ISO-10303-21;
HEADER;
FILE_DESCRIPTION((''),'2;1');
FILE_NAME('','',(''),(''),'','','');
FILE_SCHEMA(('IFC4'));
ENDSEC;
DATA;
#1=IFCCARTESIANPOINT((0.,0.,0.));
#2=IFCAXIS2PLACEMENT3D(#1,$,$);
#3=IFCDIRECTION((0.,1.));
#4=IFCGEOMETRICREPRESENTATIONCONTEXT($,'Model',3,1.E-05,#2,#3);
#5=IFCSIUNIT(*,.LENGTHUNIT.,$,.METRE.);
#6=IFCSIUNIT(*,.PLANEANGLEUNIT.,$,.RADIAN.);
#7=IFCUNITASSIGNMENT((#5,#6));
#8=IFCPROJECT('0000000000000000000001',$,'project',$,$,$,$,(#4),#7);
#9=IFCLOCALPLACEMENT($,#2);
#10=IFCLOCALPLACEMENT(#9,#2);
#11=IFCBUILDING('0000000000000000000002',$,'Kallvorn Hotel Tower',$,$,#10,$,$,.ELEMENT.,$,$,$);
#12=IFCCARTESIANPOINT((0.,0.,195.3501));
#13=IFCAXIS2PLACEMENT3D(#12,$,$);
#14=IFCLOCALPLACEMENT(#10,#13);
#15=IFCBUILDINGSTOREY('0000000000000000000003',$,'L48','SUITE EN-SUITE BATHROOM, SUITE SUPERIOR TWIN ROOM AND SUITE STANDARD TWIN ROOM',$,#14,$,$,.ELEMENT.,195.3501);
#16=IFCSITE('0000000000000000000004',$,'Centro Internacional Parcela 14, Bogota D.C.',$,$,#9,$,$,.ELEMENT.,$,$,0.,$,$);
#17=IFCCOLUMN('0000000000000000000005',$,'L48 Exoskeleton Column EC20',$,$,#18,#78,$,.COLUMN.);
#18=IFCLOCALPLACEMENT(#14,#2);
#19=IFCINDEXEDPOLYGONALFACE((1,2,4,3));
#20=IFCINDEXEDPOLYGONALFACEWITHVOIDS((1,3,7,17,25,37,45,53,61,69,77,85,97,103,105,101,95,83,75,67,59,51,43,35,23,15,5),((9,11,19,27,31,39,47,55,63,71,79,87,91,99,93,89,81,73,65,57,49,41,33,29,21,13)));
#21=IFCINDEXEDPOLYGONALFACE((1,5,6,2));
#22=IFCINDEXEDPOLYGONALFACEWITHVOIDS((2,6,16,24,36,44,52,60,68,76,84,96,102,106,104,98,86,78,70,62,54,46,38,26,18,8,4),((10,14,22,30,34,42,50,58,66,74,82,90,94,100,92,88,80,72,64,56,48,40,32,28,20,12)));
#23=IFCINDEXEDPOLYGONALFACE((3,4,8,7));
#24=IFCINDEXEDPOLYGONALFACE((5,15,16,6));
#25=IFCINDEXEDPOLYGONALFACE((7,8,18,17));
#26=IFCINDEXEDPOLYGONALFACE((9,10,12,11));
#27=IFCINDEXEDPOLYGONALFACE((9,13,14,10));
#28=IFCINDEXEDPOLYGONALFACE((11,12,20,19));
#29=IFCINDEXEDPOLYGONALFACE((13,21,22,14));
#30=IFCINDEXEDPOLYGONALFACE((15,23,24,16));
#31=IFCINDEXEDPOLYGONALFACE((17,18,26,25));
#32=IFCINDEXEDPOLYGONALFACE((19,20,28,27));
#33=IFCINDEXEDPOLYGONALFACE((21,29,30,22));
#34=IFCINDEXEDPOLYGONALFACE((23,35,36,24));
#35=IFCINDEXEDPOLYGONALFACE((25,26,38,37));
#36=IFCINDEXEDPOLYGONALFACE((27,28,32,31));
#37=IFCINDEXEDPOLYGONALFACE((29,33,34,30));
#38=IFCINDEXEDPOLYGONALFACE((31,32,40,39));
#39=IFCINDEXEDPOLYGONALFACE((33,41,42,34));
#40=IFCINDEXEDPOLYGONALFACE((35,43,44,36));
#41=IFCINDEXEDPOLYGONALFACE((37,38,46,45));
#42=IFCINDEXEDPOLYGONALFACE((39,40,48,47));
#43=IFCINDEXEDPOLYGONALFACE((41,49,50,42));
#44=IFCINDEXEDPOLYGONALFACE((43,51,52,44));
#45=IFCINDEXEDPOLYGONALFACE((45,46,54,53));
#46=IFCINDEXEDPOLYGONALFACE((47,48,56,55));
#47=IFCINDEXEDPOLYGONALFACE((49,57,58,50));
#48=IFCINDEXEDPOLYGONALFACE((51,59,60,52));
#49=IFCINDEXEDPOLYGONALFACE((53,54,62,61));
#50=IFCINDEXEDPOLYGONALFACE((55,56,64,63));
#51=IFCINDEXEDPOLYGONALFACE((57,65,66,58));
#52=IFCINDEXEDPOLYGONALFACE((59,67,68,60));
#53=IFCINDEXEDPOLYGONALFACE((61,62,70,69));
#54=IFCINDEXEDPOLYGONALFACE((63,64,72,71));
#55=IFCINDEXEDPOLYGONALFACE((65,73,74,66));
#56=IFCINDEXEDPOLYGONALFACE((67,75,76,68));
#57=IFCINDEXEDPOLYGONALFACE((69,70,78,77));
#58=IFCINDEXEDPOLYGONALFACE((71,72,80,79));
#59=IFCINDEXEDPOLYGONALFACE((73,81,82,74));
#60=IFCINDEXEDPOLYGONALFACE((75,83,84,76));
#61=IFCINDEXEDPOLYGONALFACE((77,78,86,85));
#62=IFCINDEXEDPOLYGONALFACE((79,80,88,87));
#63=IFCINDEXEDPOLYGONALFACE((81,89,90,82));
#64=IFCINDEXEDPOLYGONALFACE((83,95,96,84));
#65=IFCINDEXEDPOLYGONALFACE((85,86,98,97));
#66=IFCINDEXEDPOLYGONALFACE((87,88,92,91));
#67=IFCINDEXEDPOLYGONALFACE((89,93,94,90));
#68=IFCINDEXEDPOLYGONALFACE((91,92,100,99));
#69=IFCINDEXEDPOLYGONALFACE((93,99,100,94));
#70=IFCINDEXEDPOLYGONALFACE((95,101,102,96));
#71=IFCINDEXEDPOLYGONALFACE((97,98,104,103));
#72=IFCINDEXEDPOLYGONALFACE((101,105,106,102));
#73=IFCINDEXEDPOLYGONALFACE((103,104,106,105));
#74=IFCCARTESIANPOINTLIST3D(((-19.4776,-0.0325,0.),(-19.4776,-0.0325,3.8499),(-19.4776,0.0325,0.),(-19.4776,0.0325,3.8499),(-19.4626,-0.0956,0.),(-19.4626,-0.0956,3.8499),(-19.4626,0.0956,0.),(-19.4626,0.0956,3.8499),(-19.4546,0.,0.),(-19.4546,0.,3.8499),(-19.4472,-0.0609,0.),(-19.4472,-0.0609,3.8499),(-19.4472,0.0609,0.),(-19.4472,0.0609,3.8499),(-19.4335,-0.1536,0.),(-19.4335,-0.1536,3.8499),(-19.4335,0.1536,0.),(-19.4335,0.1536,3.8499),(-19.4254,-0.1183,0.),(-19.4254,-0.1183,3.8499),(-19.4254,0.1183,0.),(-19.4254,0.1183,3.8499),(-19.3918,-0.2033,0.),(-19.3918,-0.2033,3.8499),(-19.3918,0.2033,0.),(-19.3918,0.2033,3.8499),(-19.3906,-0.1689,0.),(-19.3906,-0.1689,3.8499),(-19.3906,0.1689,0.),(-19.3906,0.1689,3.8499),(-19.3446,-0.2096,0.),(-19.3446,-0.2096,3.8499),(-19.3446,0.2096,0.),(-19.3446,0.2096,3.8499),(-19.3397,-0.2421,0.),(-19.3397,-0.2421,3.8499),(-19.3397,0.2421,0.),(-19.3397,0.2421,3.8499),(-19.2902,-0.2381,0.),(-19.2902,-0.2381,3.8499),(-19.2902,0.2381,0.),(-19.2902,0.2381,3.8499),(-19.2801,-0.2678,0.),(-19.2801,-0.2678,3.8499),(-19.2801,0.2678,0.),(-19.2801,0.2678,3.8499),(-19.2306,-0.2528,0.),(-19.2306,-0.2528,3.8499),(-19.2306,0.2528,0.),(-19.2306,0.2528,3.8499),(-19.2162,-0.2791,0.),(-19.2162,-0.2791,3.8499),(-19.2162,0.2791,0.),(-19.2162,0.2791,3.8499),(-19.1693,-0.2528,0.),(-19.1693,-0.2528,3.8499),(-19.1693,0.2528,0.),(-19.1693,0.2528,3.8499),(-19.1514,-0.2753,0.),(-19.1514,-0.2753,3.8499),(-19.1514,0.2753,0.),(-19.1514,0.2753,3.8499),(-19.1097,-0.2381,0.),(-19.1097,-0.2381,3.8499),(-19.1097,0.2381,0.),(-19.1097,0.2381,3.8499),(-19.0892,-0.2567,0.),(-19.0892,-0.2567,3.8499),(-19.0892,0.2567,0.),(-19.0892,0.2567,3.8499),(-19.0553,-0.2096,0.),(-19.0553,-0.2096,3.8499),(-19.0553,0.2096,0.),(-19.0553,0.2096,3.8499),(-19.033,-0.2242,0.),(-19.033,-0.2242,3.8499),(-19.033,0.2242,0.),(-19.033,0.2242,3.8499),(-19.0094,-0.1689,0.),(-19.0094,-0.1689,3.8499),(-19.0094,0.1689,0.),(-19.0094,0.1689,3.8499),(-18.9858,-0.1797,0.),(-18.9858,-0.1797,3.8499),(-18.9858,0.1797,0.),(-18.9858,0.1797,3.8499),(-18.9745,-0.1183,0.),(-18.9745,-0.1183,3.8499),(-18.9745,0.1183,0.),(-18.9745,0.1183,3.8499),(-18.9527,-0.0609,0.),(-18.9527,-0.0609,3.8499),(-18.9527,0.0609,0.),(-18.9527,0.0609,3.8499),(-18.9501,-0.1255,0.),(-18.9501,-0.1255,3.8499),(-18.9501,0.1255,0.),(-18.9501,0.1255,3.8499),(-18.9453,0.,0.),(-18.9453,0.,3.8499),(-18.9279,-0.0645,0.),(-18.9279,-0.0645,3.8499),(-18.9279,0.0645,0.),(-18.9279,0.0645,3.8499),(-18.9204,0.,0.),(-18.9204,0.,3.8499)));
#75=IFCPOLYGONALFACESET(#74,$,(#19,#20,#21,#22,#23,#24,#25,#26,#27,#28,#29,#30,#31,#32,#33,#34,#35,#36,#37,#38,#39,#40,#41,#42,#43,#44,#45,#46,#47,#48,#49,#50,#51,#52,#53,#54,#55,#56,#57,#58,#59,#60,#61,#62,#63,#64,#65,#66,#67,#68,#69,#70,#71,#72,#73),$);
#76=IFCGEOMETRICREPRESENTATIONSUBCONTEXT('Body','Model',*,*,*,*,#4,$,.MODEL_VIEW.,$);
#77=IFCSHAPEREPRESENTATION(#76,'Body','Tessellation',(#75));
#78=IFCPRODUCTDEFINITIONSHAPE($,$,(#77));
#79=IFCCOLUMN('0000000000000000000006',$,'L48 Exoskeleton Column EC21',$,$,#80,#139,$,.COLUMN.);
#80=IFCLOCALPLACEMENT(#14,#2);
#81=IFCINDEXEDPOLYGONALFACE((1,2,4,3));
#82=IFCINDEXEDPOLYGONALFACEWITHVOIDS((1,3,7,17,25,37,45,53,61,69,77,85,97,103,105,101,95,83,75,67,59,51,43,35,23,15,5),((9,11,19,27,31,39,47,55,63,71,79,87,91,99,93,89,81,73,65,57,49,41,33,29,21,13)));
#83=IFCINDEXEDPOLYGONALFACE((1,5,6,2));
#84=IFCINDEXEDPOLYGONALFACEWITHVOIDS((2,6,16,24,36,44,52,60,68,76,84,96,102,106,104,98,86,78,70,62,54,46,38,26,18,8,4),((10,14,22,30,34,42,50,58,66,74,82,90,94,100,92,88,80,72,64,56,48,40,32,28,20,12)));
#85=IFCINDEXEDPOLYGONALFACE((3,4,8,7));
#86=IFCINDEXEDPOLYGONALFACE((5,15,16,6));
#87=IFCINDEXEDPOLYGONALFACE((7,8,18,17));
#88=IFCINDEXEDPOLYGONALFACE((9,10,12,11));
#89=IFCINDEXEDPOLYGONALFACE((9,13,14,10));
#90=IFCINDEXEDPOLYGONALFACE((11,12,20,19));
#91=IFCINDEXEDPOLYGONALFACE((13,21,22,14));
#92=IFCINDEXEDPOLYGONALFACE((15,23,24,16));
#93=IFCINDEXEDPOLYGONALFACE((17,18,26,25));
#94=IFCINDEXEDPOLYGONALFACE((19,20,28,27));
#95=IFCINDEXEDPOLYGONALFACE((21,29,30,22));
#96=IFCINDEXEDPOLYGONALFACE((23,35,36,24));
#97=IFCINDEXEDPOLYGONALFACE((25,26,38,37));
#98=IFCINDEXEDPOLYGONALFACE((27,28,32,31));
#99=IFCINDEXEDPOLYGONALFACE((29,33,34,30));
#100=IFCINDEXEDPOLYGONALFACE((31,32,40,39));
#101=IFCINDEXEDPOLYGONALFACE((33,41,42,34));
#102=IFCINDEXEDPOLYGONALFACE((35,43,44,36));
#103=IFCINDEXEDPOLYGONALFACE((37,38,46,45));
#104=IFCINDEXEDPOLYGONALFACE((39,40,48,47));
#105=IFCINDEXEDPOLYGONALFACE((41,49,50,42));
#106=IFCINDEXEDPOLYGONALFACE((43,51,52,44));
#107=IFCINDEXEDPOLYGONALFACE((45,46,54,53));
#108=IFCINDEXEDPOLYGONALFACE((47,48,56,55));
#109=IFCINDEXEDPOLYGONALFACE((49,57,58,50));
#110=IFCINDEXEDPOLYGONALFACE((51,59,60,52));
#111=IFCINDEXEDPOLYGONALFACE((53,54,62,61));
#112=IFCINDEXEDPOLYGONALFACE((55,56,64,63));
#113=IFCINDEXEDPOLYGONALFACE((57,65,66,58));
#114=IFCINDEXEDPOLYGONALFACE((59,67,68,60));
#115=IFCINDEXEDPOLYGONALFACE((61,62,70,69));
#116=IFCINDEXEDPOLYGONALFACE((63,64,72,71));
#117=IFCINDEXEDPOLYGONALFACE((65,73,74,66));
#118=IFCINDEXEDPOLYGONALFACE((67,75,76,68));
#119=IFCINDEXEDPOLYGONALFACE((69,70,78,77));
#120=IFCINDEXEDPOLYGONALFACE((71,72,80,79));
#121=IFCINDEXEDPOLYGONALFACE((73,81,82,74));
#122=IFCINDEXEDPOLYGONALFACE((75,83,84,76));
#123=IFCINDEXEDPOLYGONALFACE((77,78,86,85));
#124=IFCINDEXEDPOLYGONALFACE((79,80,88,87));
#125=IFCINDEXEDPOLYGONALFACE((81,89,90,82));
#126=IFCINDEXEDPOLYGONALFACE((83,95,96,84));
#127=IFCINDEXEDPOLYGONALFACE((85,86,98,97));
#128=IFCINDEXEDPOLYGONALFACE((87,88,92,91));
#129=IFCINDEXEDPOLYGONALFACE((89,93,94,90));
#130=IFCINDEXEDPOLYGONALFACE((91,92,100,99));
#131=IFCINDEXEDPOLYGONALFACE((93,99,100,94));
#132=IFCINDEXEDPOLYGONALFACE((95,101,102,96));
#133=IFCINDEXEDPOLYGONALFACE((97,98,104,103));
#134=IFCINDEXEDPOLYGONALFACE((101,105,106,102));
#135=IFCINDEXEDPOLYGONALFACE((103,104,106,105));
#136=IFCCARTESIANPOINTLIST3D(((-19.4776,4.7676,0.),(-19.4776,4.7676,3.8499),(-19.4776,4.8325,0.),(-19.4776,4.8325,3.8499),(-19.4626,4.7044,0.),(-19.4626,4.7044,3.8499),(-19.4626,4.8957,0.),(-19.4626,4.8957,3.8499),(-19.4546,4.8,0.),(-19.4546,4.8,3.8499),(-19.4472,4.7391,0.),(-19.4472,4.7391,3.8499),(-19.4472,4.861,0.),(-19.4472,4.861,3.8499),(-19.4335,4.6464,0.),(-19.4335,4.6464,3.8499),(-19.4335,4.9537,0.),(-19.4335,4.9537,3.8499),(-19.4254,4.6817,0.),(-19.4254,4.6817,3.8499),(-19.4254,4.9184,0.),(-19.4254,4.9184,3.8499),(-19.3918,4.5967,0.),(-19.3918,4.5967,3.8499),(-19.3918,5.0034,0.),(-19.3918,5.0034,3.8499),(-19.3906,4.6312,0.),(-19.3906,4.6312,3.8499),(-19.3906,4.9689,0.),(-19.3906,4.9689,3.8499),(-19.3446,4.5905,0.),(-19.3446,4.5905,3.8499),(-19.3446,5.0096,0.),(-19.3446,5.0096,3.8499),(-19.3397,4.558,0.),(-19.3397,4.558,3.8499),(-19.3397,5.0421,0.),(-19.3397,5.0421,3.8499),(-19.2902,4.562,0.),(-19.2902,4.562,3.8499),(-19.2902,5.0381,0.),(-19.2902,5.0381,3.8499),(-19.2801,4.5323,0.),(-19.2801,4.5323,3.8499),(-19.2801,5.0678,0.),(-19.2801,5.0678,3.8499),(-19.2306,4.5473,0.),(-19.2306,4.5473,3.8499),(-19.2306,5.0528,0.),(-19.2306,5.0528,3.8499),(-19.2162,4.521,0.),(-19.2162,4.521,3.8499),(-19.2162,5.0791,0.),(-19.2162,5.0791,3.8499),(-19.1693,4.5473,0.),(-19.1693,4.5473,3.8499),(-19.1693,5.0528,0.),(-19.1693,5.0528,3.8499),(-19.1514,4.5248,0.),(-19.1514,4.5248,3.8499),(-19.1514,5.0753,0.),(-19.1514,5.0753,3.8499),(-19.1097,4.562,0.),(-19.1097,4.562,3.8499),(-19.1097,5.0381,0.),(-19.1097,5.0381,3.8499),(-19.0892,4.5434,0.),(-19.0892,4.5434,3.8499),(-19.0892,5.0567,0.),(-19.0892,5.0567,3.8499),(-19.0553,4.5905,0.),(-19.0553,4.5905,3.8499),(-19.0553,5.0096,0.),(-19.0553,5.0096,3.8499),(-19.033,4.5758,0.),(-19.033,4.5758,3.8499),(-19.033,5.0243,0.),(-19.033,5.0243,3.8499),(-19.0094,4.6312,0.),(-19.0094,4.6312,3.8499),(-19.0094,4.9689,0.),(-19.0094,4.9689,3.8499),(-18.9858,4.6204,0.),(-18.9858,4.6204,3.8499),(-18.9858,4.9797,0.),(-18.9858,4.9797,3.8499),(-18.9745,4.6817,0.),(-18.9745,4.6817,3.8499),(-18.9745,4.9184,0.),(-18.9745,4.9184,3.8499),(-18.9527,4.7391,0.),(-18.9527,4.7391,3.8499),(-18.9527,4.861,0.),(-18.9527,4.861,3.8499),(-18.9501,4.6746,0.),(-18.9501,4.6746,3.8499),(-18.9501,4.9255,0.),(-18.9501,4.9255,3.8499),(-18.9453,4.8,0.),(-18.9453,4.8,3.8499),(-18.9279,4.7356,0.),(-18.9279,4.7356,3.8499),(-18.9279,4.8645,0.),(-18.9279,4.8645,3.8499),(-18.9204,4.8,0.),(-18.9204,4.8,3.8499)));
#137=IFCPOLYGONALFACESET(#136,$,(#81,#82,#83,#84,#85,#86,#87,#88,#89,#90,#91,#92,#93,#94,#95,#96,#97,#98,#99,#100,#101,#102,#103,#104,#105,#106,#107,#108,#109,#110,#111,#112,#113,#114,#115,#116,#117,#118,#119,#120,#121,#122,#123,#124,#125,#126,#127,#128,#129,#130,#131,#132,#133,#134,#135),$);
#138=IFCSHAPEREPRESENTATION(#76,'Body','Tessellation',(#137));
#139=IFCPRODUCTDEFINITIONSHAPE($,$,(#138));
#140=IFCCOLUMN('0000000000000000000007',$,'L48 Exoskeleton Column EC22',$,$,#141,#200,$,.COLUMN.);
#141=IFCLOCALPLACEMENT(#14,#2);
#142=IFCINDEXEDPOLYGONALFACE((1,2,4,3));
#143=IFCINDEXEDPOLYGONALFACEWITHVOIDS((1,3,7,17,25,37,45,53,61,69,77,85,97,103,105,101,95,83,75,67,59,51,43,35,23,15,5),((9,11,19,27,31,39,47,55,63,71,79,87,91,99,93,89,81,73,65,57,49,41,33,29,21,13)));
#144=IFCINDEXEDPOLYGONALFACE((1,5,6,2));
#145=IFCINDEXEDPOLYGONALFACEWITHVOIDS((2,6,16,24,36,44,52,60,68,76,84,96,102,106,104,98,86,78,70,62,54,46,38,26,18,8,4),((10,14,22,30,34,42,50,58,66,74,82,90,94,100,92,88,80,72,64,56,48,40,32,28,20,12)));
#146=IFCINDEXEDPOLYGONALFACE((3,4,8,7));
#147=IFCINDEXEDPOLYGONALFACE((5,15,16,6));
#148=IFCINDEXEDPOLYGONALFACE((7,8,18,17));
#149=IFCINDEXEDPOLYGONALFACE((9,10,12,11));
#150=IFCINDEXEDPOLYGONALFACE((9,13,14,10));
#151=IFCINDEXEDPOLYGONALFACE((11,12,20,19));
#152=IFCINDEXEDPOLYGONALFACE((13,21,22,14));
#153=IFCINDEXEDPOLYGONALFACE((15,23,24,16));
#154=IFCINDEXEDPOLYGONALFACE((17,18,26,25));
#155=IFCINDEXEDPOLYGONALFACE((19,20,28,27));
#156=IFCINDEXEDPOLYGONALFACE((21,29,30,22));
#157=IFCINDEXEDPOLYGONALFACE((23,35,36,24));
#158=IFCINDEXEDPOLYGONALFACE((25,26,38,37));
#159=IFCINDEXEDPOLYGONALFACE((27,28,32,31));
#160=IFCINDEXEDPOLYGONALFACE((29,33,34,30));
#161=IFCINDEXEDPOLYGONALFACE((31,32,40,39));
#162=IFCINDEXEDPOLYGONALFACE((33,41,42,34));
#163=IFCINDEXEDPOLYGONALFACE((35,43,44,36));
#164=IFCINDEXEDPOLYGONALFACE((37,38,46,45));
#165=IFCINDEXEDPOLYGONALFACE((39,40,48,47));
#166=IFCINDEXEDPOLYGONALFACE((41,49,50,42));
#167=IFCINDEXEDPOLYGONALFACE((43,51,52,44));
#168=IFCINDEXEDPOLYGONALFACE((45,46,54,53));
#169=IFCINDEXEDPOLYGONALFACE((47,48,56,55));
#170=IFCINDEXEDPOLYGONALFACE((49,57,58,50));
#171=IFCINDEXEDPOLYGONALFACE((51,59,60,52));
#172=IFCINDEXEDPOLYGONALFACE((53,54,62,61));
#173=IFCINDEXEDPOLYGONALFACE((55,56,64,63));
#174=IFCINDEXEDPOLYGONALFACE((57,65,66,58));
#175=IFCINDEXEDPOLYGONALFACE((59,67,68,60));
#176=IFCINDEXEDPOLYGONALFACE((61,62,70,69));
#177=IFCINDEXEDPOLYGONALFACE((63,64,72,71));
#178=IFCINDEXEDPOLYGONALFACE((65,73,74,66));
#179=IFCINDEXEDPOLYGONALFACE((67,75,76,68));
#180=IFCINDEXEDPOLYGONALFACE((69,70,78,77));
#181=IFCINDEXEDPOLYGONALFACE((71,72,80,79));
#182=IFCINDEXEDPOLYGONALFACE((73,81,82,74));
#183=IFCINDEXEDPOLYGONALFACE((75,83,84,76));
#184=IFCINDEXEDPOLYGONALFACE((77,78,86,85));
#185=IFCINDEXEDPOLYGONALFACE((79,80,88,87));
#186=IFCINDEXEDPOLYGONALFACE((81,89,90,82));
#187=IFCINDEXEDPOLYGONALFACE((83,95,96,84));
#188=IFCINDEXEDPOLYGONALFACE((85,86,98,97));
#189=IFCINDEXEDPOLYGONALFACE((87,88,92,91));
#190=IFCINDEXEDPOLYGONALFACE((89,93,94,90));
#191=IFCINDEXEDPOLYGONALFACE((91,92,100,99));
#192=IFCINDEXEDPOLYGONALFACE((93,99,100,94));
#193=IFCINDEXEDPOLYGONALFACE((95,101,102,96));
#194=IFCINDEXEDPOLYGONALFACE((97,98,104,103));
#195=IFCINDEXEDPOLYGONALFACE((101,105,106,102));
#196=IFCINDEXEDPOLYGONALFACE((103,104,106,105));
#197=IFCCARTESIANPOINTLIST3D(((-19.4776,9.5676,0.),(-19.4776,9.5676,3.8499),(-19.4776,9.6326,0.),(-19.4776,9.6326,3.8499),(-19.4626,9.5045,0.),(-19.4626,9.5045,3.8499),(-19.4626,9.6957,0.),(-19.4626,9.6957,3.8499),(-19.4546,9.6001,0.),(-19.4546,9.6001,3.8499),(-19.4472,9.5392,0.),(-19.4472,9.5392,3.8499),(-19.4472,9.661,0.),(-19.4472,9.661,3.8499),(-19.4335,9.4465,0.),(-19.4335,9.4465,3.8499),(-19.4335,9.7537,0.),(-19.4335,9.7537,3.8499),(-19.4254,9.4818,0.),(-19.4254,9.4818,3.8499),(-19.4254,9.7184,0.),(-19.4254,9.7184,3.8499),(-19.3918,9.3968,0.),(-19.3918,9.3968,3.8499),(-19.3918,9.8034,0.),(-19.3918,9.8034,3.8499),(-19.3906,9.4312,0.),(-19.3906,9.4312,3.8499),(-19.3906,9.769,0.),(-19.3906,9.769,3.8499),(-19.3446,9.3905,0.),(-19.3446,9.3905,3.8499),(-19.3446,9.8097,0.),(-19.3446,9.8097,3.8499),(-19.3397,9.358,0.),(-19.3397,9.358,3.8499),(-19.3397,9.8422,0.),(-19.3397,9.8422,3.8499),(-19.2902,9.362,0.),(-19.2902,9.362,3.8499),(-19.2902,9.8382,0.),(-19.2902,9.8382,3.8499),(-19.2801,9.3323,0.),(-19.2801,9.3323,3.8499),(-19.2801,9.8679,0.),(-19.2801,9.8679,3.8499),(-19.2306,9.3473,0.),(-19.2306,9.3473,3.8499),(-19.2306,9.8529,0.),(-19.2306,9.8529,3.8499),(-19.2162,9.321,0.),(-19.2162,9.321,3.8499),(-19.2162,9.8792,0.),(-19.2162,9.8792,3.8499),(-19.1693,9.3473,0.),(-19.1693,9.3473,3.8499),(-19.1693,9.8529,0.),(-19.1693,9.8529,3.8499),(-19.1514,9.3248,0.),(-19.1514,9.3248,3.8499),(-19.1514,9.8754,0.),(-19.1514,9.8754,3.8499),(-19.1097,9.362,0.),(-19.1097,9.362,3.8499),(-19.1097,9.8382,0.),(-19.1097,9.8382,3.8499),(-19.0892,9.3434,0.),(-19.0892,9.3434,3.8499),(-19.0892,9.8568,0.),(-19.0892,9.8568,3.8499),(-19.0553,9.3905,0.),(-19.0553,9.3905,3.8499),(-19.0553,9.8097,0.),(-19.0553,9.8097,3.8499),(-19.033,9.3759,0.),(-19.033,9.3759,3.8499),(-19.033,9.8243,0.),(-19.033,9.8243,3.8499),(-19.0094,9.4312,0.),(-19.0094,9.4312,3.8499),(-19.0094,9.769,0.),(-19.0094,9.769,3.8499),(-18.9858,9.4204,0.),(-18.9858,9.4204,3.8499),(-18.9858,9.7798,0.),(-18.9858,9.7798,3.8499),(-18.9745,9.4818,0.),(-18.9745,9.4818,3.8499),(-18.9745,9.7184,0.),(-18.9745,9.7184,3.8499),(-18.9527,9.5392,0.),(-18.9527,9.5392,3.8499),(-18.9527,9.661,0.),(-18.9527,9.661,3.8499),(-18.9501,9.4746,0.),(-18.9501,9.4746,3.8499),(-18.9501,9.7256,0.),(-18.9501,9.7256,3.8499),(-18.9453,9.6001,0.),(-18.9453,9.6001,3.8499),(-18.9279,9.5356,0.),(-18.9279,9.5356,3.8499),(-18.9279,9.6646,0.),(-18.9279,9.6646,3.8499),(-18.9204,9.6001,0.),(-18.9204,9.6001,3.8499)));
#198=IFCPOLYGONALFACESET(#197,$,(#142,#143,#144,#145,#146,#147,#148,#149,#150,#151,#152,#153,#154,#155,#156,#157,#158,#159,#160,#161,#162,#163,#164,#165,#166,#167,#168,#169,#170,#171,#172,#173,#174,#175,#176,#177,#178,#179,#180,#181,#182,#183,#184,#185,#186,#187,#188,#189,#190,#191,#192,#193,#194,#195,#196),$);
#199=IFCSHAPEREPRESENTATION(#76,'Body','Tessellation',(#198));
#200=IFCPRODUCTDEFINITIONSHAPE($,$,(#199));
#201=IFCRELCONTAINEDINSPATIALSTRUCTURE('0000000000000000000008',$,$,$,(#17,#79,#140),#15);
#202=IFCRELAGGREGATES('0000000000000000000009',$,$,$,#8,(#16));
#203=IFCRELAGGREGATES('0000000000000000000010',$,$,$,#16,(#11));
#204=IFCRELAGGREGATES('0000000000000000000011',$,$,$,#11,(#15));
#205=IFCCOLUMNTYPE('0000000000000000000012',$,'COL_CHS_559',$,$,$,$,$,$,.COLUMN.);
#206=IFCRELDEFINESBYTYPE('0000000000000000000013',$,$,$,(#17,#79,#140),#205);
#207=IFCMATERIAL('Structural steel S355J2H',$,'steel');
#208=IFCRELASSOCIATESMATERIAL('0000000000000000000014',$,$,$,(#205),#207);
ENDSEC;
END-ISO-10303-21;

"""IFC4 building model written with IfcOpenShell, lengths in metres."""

from ifc_helpers import new_model, si_unit, direction, frame, origin, origin_2d, place, context, subcontext, project, spatial, hollow_circle, extrude, material, material_profile, profile_set, type_object, element, save


model = new_model("IFC4")

# Units and contexts
model_context = context("Model", 3, precision=1e-05, world=origin(), true_north=direction((0.0, 1.0)))
body_context = subcontext(model_context, "Body", "Model", "MODEL_VIEW")
ifc_project = project(units=[si_unit("LENGTHUNIT", "METRE"), si_unit("PLANEANGLEUNIT", "RADIAN")], contexts=[model_context])

# Site, building, storey
site_placement = place(None, origin())
site = spatial("IfcSite", under=ifc_project, at=site_placement, Name="Centro Internacional Parcela 14, Bogota D.C.", CompositionType="ELEMENT", RefElevation=0.0)
building_placement = place(site_placement, origin())
building = spatial("IfcBuilding", under=site, at=building_placement, Name="Kallvorn Hotel Tower", CompositionType="ELEMENT")
storey_placement = place(building_placement, frame((0.0, 0.0, 195.3501)))
storey = spatial("IfcBuildingStorey", under=building, at=storey_placement, Name="L48", Description="SUITE EN-SUITE BATHROOM, SUITE SUPERIOR TWIN ROOM AND SUITE STANDARD TWIN ROOM", CompositionType="ELEMENT", Elevation=195.3501)

# Columns
ifc_material_1 = material(Name="Structural steel S355J2H", Category="steel")
ifc_material_profile_1 = material_profile(ifc_material_1, hollow_circle(Radius=0.2795, WallThickness=0.0249, at=origin_2d()), Name="CHS 559x25")
ifc_profile_set_1 = profile_set([ifc_material_profile_1], Name="Structural steel S355J2H")
column_type_1 = type_object("IfcColumnType", Name="COL_CHS_559", PredefinedType="COLUMN", material=ifc_profile_set_1)
for number, where, z_axis, x_axis, name in (
    (1, (-19.2, 0.0, 0.0), (0.0, 0.0, 1.0), (1.0, 0.0, 0.0), "L48 Exoskeleton Column EC20"),
    (2, (-19.2, 4.8, 0.0), (0.0, 0.0, 1.0), (1.0, 0.0, 0.0), "L48 Exoskeleton Column EC21"),
    (3, (-19.2, 9.6001, 0.0), (0.0, 0.0, 1.0), (1.0, 0.0, 0.0), "L48 Exoskeleton Column EC22"),
):
    element("IfcColumn", number, at=place(storey_placement, frame(where, z_axis=z_axis, x_axis=x_axis)), inside=storey, type_object=column_type_1, Name=name, PredefinedType="COLUMN", context=body_context, shape_type="SweptSolid", body=[
        extrude(hollow_circle(Radius=0.2795, WallThickness=0.0249, at=origin_2d()), origin(), (0.0, 0.0, 1.0), 3.8499),
    ])

save(model, "model.ifc")
